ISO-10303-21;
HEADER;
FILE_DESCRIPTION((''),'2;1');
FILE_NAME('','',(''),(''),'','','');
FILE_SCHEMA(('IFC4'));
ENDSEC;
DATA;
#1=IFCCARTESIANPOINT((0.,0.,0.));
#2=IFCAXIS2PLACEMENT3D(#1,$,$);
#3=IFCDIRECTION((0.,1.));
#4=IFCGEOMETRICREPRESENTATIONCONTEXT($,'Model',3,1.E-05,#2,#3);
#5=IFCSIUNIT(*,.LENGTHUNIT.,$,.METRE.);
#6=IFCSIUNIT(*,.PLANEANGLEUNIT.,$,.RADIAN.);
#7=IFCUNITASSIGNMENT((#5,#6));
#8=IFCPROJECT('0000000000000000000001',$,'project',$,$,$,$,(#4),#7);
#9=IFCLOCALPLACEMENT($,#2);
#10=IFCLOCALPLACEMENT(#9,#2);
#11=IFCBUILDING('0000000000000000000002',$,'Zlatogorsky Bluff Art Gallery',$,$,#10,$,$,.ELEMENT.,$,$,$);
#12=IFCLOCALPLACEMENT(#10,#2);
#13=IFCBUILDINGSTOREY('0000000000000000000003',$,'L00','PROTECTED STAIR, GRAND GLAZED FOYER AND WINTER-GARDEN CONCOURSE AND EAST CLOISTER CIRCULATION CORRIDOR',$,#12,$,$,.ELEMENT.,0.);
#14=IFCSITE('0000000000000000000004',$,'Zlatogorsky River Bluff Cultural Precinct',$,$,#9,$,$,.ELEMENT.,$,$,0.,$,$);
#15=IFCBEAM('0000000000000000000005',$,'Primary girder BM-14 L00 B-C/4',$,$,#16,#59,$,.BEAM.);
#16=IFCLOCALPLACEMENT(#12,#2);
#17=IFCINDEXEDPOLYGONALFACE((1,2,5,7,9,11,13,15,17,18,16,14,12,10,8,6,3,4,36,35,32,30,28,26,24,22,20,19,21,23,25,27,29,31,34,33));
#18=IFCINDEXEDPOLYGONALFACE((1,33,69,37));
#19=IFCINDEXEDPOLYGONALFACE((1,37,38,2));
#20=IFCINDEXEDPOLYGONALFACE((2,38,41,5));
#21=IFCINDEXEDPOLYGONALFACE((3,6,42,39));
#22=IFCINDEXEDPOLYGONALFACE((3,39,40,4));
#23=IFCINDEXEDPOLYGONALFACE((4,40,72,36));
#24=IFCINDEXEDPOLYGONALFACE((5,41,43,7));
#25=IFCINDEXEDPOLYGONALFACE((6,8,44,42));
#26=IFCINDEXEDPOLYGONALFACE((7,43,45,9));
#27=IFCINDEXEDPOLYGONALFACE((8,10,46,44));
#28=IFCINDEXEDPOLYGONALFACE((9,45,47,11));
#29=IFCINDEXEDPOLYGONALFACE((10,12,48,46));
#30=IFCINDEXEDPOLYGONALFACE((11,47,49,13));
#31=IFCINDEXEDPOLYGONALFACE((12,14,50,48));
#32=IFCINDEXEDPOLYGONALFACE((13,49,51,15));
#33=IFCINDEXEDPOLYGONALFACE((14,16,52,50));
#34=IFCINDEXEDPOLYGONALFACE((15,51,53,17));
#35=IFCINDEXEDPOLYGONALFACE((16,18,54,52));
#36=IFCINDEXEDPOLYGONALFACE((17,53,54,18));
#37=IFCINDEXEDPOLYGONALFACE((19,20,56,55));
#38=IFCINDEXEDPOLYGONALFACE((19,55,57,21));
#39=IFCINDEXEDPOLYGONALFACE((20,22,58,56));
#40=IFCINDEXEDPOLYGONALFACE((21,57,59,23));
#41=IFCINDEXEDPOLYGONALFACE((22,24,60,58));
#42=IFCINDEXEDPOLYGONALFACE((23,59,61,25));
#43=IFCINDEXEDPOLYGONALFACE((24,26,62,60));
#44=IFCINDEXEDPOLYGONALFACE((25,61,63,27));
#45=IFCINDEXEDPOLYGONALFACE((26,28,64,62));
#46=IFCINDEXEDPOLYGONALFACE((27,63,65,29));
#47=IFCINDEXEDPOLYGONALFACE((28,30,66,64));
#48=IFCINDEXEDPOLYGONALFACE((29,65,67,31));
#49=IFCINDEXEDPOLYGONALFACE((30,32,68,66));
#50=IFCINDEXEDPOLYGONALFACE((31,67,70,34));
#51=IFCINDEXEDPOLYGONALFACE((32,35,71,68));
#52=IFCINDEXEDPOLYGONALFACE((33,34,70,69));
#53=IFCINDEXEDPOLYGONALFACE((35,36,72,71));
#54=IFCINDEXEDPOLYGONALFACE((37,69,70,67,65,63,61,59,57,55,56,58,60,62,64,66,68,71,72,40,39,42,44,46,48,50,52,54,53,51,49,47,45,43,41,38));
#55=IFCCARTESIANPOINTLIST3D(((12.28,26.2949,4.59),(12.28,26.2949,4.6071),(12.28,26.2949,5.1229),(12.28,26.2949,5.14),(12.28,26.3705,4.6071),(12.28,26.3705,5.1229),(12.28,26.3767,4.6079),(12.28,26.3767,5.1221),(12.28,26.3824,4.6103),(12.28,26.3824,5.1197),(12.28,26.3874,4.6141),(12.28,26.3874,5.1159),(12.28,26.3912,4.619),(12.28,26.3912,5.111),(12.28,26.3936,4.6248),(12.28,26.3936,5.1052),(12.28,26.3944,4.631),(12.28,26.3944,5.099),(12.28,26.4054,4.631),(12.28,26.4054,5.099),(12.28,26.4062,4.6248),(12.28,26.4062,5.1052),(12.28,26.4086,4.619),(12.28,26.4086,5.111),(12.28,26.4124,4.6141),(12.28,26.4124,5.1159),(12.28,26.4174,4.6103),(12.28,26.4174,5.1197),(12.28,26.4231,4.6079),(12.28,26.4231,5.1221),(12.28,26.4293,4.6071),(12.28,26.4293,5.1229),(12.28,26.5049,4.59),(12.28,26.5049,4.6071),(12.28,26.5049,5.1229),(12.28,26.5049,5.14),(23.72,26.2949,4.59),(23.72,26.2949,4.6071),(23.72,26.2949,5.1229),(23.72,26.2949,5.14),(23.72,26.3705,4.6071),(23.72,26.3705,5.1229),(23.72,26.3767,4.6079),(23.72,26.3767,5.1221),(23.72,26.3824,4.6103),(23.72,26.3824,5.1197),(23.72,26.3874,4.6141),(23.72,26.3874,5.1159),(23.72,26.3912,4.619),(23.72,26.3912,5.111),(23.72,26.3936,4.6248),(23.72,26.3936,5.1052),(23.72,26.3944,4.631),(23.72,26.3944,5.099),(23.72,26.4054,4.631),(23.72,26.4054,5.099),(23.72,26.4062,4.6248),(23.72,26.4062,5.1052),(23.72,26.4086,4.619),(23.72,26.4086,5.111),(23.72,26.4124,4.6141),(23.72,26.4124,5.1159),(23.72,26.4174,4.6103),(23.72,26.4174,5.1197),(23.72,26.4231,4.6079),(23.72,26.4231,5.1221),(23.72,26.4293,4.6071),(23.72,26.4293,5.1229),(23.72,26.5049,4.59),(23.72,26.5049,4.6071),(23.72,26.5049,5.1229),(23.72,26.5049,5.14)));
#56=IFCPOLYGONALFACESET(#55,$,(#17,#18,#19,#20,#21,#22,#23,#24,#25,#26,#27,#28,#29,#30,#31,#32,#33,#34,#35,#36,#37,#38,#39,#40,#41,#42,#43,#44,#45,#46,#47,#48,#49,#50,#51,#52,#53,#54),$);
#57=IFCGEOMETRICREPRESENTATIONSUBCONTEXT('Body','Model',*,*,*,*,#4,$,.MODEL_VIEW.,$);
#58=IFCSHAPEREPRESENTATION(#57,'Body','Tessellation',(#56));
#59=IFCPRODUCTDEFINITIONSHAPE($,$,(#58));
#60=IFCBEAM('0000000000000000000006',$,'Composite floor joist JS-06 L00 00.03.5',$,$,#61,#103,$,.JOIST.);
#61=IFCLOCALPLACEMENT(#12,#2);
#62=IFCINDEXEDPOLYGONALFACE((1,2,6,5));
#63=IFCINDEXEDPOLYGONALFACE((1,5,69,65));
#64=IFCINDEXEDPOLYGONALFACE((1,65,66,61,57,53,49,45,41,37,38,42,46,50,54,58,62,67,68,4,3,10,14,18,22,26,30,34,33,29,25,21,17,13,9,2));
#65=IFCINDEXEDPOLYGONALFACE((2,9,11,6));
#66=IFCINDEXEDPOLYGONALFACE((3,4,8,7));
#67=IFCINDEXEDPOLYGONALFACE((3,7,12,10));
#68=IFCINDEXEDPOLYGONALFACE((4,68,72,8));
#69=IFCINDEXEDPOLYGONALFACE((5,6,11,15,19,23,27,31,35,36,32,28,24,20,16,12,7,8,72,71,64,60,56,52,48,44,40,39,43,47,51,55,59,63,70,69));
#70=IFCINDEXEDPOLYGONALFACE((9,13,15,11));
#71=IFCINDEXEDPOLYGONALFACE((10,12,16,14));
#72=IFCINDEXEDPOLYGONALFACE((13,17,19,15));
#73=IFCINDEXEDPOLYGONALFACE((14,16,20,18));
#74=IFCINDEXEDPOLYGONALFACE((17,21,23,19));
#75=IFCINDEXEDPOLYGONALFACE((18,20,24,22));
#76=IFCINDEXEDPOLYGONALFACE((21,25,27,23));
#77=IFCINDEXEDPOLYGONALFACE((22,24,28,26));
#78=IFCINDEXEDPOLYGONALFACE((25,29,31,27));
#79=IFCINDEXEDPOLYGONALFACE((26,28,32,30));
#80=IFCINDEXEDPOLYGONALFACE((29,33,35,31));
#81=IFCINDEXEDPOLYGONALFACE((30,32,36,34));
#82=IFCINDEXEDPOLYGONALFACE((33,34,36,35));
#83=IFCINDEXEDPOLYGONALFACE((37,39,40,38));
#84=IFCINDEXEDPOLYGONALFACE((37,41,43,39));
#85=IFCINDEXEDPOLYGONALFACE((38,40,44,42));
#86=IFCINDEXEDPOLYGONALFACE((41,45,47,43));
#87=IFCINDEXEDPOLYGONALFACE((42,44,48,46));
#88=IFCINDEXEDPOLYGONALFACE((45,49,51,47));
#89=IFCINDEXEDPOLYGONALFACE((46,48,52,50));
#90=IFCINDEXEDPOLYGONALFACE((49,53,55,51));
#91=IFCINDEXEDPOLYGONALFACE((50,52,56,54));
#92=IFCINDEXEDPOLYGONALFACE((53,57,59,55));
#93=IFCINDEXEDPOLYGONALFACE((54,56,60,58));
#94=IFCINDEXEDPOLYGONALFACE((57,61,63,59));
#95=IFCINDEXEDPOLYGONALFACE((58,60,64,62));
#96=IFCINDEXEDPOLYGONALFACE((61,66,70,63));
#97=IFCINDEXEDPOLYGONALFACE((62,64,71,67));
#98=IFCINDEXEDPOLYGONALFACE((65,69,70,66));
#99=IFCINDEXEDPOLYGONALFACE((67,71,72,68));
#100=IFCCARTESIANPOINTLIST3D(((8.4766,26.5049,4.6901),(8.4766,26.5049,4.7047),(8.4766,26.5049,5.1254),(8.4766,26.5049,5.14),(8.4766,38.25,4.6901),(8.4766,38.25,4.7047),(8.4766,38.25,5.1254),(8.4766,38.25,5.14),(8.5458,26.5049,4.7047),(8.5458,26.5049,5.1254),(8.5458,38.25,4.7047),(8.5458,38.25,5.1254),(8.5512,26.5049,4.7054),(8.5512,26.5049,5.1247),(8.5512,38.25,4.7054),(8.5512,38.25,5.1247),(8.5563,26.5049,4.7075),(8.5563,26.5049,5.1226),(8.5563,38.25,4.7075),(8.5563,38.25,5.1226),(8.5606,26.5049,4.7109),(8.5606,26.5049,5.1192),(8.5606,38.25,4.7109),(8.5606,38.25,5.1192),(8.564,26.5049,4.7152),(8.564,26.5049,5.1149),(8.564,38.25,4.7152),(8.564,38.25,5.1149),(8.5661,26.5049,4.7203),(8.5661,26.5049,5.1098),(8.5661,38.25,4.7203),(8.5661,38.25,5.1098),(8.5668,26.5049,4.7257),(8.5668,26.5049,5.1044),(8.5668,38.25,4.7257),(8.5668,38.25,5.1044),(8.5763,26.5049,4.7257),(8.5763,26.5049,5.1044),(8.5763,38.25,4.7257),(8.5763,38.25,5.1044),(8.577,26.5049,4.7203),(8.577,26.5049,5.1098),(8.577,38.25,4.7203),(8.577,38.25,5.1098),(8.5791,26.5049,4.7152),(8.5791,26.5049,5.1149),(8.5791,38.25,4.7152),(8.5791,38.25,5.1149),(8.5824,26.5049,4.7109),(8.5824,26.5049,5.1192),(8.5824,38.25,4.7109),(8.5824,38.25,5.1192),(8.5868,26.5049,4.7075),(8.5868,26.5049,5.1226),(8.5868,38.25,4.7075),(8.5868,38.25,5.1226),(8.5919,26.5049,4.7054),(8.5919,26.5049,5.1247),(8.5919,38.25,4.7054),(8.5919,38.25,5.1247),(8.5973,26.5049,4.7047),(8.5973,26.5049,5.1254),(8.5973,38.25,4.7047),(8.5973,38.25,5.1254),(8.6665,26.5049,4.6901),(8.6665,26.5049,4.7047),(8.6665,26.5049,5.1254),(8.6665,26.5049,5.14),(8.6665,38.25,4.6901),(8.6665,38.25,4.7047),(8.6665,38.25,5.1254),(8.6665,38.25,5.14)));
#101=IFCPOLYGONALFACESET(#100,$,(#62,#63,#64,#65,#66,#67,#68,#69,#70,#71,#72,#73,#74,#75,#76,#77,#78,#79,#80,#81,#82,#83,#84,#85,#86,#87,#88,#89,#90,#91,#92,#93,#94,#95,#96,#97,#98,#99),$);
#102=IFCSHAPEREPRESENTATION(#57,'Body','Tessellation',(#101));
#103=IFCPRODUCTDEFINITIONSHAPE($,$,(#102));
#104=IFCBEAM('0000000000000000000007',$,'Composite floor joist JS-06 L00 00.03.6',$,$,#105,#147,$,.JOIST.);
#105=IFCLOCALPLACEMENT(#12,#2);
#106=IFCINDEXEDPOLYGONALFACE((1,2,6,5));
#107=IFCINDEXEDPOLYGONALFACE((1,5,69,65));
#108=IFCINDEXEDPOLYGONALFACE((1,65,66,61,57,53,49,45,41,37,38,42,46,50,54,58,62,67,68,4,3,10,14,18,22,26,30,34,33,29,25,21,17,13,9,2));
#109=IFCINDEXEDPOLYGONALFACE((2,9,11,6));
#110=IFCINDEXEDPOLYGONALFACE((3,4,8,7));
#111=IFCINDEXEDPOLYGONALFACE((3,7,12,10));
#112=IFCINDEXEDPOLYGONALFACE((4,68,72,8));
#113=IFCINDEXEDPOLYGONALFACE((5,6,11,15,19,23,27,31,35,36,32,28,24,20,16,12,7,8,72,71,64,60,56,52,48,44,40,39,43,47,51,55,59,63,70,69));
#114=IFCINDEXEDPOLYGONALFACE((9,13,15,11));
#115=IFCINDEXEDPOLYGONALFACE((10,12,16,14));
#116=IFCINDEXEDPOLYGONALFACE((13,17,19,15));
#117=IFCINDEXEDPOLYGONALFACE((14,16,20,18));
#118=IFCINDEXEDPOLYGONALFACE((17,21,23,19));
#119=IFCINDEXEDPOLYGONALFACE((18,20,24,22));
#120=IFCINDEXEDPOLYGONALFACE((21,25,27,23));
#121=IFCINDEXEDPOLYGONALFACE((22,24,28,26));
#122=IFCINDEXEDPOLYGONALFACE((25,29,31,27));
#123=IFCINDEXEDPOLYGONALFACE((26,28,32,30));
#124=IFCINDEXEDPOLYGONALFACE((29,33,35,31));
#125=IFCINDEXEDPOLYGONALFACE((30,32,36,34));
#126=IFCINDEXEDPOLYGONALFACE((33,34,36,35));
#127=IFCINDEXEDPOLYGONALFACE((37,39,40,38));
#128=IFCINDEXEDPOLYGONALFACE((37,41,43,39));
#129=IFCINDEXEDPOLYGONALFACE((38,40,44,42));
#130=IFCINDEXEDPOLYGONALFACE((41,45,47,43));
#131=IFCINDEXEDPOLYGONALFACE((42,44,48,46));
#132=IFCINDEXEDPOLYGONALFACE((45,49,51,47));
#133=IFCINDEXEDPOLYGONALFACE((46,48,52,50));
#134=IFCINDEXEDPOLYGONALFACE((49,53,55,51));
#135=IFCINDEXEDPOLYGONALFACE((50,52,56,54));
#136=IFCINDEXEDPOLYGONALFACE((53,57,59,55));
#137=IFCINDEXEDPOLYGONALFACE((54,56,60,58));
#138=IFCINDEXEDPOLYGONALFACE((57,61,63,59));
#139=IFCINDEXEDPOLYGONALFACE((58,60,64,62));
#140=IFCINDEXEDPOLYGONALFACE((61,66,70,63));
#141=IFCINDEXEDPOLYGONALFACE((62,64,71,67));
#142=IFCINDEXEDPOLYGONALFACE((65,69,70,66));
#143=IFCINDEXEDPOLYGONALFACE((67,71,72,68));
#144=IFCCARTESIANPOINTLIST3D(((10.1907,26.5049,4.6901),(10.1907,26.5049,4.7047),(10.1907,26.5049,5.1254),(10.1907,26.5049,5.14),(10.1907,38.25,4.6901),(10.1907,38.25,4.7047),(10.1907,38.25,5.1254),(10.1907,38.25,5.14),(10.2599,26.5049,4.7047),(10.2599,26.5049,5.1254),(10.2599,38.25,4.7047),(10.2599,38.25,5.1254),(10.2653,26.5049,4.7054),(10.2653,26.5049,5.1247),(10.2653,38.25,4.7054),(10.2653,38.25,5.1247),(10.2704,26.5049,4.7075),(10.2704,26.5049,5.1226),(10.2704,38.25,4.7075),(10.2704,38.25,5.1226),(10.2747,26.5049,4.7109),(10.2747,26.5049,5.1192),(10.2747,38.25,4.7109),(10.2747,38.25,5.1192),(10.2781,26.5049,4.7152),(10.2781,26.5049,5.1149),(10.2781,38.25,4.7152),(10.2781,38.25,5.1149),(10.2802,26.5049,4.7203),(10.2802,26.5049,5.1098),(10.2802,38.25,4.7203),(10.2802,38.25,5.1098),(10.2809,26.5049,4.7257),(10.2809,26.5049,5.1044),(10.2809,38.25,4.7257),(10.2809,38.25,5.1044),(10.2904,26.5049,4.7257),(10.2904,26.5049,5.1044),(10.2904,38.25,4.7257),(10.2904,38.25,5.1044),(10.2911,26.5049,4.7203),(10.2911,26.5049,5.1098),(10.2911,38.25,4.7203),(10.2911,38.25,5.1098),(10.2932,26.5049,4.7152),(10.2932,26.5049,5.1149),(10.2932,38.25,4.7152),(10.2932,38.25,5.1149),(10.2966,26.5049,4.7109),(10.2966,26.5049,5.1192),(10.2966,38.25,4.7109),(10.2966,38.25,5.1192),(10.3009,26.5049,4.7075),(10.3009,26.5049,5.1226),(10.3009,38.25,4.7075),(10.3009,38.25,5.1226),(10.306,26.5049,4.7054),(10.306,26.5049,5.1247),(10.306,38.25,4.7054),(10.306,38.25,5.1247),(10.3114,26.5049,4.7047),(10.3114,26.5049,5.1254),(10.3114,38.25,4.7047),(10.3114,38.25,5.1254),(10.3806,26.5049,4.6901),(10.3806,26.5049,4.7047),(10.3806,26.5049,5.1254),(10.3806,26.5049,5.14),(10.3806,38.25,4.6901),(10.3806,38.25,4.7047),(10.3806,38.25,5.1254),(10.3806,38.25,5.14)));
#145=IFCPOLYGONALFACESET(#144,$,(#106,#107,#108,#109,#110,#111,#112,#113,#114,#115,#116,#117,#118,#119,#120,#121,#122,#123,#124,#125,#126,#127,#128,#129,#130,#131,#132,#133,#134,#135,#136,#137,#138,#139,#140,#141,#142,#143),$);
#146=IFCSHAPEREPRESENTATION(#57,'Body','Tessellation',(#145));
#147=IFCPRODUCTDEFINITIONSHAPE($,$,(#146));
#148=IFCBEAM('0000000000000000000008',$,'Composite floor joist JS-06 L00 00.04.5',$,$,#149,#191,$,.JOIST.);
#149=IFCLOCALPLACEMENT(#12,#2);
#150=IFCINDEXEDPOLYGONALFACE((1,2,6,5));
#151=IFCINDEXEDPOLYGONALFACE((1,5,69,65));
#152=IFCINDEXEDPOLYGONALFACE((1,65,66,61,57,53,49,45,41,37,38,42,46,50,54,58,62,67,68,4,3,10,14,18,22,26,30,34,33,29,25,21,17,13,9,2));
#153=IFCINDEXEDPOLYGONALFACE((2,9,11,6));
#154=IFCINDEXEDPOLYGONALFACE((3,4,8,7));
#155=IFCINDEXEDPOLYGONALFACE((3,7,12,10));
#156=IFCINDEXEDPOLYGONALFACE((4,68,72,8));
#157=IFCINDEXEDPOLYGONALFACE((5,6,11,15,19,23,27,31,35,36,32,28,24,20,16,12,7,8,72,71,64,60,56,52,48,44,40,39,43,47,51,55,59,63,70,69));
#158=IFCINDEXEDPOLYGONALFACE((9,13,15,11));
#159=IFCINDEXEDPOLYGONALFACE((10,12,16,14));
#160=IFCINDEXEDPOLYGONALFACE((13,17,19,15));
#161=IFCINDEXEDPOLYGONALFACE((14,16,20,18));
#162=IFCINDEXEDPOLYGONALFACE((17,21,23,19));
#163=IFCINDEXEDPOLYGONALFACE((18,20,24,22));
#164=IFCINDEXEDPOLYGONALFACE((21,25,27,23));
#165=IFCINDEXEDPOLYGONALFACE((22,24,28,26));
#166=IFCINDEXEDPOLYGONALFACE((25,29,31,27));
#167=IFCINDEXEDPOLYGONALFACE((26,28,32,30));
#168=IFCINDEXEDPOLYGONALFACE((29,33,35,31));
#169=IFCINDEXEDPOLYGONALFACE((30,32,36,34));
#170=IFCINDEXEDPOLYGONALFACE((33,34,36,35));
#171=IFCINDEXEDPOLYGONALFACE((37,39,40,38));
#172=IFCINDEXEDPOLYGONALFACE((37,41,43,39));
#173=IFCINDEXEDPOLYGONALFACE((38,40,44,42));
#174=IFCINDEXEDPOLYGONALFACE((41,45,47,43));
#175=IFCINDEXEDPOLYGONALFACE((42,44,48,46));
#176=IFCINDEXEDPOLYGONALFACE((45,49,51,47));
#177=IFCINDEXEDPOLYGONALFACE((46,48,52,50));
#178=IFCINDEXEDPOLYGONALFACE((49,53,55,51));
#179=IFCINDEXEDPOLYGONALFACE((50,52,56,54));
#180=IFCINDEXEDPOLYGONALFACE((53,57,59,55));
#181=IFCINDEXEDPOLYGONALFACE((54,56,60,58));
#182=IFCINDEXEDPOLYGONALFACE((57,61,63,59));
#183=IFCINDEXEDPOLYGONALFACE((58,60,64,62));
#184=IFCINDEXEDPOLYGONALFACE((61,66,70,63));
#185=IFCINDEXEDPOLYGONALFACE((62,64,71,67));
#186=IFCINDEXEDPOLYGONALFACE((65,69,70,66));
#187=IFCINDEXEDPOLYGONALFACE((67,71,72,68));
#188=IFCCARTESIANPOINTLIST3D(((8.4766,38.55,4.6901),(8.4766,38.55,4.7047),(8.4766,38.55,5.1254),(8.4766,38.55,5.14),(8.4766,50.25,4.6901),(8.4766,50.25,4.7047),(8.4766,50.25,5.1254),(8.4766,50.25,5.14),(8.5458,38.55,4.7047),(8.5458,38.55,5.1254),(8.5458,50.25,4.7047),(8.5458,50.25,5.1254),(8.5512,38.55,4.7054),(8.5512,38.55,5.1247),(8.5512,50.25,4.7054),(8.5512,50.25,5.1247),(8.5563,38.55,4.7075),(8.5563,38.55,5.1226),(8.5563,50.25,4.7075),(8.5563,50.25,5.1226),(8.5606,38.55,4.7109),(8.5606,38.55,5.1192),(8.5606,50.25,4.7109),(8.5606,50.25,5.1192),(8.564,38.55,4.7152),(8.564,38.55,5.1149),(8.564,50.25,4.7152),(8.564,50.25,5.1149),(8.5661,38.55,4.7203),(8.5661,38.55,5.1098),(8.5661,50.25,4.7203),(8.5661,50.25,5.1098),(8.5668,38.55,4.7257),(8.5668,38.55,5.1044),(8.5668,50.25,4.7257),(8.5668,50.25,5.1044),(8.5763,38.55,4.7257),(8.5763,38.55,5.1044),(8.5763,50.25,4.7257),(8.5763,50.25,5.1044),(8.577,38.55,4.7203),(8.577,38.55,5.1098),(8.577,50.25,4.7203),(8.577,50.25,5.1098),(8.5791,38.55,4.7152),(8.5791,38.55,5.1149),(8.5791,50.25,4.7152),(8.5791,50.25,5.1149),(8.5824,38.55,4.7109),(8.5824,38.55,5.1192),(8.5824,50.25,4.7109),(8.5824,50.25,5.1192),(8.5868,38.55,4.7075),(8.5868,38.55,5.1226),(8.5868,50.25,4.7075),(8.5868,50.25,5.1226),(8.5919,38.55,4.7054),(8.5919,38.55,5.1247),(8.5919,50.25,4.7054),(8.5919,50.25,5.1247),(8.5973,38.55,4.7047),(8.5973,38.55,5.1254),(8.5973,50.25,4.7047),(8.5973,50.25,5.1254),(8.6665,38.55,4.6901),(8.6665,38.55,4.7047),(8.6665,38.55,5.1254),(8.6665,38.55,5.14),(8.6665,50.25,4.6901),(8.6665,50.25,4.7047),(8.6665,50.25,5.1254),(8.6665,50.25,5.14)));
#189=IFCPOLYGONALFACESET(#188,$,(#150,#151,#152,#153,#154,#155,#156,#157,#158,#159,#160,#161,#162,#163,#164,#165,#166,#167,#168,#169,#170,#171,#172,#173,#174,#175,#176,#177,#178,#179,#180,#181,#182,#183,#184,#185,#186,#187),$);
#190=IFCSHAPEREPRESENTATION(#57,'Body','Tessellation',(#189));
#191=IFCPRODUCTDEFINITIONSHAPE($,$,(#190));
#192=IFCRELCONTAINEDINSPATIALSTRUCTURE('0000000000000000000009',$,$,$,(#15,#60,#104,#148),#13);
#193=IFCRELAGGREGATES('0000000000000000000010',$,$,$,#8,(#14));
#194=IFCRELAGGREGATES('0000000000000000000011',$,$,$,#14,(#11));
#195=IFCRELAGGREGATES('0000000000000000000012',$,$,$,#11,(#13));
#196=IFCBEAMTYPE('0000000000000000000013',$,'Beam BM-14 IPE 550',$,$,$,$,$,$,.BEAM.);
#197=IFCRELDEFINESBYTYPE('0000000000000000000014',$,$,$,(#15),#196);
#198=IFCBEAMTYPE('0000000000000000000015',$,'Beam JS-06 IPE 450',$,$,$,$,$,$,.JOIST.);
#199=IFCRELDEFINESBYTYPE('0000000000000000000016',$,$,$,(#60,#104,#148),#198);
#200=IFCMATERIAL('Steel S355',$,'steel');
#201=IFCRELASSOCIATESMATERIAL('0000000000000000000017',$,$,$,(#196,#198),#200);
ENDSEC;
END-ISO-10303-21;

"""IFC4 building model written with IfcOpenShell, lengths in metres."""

from ifc_helpers import new_model, si_unit, direction, frame, origin, origin_2d, place, context, subcontext, project, spatial, i_section, extrude, material, material_profile, profile_set, type_object, element, save


model = new_model("IFC4")

# Units and contexts
model_context = context("Model", 3, precision=1e-05, world=origin(), true_north=direction((0.0, 1.0)))
body_context = subcontext(model_context, "Body", "Model", "MODEL_VIEW")
ifc_project = project(units=[si_unit("LENGTHUNIT", "METRE"), si_unit("PLANEANGLEUNIT", "RADIAN")], contexts=[model_context])

# Site, building, storey
site_placement = place(None, origin())
site = spatial("IfcSite", under=ifc_project, at=site_placement, Name="Zlatogorsky River Bluff Cultural Precinct", CompositionType="ELEMENT", RefElevation=0.0)
building_placement = place(site_placement, origin())
building = spatial("IfcBuilding", under=site, at=building_placement, Name="Zlatogorsky Bluff Art Gallery", CompositionType="ELEMENT")
storey_placement = place(building_placement, origin())
storey = spatial("IfcBuildingStorey", under=building, at=storey_placement, Name="L00", Description="PROTECTED STAIR, GRAND GLAZED FOYER AND WINTER-GARDEN CONCOURSE AND EAST CLOISTER CIRCULATION CORRIDOR", CompositionType="ELEMENT", Elevation=0.0)

# Shared definitions
ifc_material_1 = material(Name="Steel S355", Category="steel")

# Beams
ifc_material_profile_1 = material_profile(ifc_material_1, i_section(OverallWidth=0.21, OverallDepth=0.55, WebThickness=0.011, FlangeThickness=0.0171, FilletRadius=0.0239, at=origin_2d()), Name="IPE 550")
ifc_profile_set_1 = profile_set([ifc_material_profile_1], Name="Steel S355")
beam_type_1 = type_object("IfcBeamType", Name="Beam BM-14 IPE 550", PredefinedType="BEAM", material=ifc_profile_set_1)
beam_1_placement = place(storey_placement, frame((12.28, 26.3999, 4.865), z_axis=(1.0, 0.0, 0.0), x_axis=(0.0, 1.0, 0.0)))
element("IfcBeam", 1, at=beam_1_placement, inside=storey, type_object=beam_type_1, Name="Primary girder BM-14 L00 B-C/4", PredefinedType="BEAM", context=body_context, shape_type="SweptSolid", body=[
    extrude(i_section(OverallWidth=0.21, OverallDepth=0.55, WebThickness=0.011, FlangeThickness=0.0171, FilletRadius=0.0239, at=origin_2d()), origin(), (0.0, 0.0, 1.0), 11.4399),
])
ifc_material_profile_2 = material_profile(ifc_material_1, i_section(OverallWidth=0.1899, OverallDepth=0.45, WebThickness=0.0095, FlangeThickness=0.0146, FilletRadius=0.021, at=origin_2d()), Name="IPE 450")
ifc_profile_set_2 = profile_set([ifc_material_profile_2], Name="Steel S355")
beam_type_2 = type_object("IfcBeamType", Name="Beam JS-06 IPE 450", PredefinedType="JOIST", material=ifc_profile_set_2)
for number, where, z_axis, x_axis, name in (
    (2, (8.5715, 26.5049, 4.915), (0.0, 1.0, 0.0), (-1.0, 0.0, 0.0), "Composite floor joist JS-06 L00 00.03.5"),
    (3, (10.2856, 26.5049, 4.915), (0.0, 1.0, 0.0), (-1.0, 0.0, 0.0), "Composite floor joist JS-06 L00 00.03.6"),
):
    element("IfcBeam", number, at=place(storey_placement, frame(where, z_axis=z_axis, x_axis=x_axis)), inside=storey, type_object=beam_type_2, Name=name, PredefinedType="JOIST", context=body_context, shape_type="SweptSolid", body=[
        extrude(i_section(OverallWidth=0.1899, OverallDepth=0.45, WebThickness=0.0095, FlangeThickness=0.0146, FilletRadius=0.021, at=origin_2d()), origin(), (0.0, 0.0, 1.0), 11.7451),
    ])
for number, where, z_axis, x_axis, name in (
    (4, (8.5715, 38.55, 4.915), (0.0, 1.0, 0.0), (-1.0, 0.0, 0.0), "Composite floor joist JS-06 L00 00.04.5"),
):
    element("IfcBeam", number, at=place(storey_placement, frame(where, z_axis=z_axis, x_axis=x_axis)), inside=storey, type_object=beam_type_2, Name=name, PredefinedType="JOIST", context=body_context, shape_type="SweptSolid", body=[
        extrude(i_section(OverallWidth=0.1899, OverallDepth=0.45, WebThickness=0.0095, FlangeThickness=0.0146, FilletRadius=0.021, at=origin_2d()), origin(), (0.0, 0.0, 1.0), 11.7),
    ])

save(model, "model.ifc")
